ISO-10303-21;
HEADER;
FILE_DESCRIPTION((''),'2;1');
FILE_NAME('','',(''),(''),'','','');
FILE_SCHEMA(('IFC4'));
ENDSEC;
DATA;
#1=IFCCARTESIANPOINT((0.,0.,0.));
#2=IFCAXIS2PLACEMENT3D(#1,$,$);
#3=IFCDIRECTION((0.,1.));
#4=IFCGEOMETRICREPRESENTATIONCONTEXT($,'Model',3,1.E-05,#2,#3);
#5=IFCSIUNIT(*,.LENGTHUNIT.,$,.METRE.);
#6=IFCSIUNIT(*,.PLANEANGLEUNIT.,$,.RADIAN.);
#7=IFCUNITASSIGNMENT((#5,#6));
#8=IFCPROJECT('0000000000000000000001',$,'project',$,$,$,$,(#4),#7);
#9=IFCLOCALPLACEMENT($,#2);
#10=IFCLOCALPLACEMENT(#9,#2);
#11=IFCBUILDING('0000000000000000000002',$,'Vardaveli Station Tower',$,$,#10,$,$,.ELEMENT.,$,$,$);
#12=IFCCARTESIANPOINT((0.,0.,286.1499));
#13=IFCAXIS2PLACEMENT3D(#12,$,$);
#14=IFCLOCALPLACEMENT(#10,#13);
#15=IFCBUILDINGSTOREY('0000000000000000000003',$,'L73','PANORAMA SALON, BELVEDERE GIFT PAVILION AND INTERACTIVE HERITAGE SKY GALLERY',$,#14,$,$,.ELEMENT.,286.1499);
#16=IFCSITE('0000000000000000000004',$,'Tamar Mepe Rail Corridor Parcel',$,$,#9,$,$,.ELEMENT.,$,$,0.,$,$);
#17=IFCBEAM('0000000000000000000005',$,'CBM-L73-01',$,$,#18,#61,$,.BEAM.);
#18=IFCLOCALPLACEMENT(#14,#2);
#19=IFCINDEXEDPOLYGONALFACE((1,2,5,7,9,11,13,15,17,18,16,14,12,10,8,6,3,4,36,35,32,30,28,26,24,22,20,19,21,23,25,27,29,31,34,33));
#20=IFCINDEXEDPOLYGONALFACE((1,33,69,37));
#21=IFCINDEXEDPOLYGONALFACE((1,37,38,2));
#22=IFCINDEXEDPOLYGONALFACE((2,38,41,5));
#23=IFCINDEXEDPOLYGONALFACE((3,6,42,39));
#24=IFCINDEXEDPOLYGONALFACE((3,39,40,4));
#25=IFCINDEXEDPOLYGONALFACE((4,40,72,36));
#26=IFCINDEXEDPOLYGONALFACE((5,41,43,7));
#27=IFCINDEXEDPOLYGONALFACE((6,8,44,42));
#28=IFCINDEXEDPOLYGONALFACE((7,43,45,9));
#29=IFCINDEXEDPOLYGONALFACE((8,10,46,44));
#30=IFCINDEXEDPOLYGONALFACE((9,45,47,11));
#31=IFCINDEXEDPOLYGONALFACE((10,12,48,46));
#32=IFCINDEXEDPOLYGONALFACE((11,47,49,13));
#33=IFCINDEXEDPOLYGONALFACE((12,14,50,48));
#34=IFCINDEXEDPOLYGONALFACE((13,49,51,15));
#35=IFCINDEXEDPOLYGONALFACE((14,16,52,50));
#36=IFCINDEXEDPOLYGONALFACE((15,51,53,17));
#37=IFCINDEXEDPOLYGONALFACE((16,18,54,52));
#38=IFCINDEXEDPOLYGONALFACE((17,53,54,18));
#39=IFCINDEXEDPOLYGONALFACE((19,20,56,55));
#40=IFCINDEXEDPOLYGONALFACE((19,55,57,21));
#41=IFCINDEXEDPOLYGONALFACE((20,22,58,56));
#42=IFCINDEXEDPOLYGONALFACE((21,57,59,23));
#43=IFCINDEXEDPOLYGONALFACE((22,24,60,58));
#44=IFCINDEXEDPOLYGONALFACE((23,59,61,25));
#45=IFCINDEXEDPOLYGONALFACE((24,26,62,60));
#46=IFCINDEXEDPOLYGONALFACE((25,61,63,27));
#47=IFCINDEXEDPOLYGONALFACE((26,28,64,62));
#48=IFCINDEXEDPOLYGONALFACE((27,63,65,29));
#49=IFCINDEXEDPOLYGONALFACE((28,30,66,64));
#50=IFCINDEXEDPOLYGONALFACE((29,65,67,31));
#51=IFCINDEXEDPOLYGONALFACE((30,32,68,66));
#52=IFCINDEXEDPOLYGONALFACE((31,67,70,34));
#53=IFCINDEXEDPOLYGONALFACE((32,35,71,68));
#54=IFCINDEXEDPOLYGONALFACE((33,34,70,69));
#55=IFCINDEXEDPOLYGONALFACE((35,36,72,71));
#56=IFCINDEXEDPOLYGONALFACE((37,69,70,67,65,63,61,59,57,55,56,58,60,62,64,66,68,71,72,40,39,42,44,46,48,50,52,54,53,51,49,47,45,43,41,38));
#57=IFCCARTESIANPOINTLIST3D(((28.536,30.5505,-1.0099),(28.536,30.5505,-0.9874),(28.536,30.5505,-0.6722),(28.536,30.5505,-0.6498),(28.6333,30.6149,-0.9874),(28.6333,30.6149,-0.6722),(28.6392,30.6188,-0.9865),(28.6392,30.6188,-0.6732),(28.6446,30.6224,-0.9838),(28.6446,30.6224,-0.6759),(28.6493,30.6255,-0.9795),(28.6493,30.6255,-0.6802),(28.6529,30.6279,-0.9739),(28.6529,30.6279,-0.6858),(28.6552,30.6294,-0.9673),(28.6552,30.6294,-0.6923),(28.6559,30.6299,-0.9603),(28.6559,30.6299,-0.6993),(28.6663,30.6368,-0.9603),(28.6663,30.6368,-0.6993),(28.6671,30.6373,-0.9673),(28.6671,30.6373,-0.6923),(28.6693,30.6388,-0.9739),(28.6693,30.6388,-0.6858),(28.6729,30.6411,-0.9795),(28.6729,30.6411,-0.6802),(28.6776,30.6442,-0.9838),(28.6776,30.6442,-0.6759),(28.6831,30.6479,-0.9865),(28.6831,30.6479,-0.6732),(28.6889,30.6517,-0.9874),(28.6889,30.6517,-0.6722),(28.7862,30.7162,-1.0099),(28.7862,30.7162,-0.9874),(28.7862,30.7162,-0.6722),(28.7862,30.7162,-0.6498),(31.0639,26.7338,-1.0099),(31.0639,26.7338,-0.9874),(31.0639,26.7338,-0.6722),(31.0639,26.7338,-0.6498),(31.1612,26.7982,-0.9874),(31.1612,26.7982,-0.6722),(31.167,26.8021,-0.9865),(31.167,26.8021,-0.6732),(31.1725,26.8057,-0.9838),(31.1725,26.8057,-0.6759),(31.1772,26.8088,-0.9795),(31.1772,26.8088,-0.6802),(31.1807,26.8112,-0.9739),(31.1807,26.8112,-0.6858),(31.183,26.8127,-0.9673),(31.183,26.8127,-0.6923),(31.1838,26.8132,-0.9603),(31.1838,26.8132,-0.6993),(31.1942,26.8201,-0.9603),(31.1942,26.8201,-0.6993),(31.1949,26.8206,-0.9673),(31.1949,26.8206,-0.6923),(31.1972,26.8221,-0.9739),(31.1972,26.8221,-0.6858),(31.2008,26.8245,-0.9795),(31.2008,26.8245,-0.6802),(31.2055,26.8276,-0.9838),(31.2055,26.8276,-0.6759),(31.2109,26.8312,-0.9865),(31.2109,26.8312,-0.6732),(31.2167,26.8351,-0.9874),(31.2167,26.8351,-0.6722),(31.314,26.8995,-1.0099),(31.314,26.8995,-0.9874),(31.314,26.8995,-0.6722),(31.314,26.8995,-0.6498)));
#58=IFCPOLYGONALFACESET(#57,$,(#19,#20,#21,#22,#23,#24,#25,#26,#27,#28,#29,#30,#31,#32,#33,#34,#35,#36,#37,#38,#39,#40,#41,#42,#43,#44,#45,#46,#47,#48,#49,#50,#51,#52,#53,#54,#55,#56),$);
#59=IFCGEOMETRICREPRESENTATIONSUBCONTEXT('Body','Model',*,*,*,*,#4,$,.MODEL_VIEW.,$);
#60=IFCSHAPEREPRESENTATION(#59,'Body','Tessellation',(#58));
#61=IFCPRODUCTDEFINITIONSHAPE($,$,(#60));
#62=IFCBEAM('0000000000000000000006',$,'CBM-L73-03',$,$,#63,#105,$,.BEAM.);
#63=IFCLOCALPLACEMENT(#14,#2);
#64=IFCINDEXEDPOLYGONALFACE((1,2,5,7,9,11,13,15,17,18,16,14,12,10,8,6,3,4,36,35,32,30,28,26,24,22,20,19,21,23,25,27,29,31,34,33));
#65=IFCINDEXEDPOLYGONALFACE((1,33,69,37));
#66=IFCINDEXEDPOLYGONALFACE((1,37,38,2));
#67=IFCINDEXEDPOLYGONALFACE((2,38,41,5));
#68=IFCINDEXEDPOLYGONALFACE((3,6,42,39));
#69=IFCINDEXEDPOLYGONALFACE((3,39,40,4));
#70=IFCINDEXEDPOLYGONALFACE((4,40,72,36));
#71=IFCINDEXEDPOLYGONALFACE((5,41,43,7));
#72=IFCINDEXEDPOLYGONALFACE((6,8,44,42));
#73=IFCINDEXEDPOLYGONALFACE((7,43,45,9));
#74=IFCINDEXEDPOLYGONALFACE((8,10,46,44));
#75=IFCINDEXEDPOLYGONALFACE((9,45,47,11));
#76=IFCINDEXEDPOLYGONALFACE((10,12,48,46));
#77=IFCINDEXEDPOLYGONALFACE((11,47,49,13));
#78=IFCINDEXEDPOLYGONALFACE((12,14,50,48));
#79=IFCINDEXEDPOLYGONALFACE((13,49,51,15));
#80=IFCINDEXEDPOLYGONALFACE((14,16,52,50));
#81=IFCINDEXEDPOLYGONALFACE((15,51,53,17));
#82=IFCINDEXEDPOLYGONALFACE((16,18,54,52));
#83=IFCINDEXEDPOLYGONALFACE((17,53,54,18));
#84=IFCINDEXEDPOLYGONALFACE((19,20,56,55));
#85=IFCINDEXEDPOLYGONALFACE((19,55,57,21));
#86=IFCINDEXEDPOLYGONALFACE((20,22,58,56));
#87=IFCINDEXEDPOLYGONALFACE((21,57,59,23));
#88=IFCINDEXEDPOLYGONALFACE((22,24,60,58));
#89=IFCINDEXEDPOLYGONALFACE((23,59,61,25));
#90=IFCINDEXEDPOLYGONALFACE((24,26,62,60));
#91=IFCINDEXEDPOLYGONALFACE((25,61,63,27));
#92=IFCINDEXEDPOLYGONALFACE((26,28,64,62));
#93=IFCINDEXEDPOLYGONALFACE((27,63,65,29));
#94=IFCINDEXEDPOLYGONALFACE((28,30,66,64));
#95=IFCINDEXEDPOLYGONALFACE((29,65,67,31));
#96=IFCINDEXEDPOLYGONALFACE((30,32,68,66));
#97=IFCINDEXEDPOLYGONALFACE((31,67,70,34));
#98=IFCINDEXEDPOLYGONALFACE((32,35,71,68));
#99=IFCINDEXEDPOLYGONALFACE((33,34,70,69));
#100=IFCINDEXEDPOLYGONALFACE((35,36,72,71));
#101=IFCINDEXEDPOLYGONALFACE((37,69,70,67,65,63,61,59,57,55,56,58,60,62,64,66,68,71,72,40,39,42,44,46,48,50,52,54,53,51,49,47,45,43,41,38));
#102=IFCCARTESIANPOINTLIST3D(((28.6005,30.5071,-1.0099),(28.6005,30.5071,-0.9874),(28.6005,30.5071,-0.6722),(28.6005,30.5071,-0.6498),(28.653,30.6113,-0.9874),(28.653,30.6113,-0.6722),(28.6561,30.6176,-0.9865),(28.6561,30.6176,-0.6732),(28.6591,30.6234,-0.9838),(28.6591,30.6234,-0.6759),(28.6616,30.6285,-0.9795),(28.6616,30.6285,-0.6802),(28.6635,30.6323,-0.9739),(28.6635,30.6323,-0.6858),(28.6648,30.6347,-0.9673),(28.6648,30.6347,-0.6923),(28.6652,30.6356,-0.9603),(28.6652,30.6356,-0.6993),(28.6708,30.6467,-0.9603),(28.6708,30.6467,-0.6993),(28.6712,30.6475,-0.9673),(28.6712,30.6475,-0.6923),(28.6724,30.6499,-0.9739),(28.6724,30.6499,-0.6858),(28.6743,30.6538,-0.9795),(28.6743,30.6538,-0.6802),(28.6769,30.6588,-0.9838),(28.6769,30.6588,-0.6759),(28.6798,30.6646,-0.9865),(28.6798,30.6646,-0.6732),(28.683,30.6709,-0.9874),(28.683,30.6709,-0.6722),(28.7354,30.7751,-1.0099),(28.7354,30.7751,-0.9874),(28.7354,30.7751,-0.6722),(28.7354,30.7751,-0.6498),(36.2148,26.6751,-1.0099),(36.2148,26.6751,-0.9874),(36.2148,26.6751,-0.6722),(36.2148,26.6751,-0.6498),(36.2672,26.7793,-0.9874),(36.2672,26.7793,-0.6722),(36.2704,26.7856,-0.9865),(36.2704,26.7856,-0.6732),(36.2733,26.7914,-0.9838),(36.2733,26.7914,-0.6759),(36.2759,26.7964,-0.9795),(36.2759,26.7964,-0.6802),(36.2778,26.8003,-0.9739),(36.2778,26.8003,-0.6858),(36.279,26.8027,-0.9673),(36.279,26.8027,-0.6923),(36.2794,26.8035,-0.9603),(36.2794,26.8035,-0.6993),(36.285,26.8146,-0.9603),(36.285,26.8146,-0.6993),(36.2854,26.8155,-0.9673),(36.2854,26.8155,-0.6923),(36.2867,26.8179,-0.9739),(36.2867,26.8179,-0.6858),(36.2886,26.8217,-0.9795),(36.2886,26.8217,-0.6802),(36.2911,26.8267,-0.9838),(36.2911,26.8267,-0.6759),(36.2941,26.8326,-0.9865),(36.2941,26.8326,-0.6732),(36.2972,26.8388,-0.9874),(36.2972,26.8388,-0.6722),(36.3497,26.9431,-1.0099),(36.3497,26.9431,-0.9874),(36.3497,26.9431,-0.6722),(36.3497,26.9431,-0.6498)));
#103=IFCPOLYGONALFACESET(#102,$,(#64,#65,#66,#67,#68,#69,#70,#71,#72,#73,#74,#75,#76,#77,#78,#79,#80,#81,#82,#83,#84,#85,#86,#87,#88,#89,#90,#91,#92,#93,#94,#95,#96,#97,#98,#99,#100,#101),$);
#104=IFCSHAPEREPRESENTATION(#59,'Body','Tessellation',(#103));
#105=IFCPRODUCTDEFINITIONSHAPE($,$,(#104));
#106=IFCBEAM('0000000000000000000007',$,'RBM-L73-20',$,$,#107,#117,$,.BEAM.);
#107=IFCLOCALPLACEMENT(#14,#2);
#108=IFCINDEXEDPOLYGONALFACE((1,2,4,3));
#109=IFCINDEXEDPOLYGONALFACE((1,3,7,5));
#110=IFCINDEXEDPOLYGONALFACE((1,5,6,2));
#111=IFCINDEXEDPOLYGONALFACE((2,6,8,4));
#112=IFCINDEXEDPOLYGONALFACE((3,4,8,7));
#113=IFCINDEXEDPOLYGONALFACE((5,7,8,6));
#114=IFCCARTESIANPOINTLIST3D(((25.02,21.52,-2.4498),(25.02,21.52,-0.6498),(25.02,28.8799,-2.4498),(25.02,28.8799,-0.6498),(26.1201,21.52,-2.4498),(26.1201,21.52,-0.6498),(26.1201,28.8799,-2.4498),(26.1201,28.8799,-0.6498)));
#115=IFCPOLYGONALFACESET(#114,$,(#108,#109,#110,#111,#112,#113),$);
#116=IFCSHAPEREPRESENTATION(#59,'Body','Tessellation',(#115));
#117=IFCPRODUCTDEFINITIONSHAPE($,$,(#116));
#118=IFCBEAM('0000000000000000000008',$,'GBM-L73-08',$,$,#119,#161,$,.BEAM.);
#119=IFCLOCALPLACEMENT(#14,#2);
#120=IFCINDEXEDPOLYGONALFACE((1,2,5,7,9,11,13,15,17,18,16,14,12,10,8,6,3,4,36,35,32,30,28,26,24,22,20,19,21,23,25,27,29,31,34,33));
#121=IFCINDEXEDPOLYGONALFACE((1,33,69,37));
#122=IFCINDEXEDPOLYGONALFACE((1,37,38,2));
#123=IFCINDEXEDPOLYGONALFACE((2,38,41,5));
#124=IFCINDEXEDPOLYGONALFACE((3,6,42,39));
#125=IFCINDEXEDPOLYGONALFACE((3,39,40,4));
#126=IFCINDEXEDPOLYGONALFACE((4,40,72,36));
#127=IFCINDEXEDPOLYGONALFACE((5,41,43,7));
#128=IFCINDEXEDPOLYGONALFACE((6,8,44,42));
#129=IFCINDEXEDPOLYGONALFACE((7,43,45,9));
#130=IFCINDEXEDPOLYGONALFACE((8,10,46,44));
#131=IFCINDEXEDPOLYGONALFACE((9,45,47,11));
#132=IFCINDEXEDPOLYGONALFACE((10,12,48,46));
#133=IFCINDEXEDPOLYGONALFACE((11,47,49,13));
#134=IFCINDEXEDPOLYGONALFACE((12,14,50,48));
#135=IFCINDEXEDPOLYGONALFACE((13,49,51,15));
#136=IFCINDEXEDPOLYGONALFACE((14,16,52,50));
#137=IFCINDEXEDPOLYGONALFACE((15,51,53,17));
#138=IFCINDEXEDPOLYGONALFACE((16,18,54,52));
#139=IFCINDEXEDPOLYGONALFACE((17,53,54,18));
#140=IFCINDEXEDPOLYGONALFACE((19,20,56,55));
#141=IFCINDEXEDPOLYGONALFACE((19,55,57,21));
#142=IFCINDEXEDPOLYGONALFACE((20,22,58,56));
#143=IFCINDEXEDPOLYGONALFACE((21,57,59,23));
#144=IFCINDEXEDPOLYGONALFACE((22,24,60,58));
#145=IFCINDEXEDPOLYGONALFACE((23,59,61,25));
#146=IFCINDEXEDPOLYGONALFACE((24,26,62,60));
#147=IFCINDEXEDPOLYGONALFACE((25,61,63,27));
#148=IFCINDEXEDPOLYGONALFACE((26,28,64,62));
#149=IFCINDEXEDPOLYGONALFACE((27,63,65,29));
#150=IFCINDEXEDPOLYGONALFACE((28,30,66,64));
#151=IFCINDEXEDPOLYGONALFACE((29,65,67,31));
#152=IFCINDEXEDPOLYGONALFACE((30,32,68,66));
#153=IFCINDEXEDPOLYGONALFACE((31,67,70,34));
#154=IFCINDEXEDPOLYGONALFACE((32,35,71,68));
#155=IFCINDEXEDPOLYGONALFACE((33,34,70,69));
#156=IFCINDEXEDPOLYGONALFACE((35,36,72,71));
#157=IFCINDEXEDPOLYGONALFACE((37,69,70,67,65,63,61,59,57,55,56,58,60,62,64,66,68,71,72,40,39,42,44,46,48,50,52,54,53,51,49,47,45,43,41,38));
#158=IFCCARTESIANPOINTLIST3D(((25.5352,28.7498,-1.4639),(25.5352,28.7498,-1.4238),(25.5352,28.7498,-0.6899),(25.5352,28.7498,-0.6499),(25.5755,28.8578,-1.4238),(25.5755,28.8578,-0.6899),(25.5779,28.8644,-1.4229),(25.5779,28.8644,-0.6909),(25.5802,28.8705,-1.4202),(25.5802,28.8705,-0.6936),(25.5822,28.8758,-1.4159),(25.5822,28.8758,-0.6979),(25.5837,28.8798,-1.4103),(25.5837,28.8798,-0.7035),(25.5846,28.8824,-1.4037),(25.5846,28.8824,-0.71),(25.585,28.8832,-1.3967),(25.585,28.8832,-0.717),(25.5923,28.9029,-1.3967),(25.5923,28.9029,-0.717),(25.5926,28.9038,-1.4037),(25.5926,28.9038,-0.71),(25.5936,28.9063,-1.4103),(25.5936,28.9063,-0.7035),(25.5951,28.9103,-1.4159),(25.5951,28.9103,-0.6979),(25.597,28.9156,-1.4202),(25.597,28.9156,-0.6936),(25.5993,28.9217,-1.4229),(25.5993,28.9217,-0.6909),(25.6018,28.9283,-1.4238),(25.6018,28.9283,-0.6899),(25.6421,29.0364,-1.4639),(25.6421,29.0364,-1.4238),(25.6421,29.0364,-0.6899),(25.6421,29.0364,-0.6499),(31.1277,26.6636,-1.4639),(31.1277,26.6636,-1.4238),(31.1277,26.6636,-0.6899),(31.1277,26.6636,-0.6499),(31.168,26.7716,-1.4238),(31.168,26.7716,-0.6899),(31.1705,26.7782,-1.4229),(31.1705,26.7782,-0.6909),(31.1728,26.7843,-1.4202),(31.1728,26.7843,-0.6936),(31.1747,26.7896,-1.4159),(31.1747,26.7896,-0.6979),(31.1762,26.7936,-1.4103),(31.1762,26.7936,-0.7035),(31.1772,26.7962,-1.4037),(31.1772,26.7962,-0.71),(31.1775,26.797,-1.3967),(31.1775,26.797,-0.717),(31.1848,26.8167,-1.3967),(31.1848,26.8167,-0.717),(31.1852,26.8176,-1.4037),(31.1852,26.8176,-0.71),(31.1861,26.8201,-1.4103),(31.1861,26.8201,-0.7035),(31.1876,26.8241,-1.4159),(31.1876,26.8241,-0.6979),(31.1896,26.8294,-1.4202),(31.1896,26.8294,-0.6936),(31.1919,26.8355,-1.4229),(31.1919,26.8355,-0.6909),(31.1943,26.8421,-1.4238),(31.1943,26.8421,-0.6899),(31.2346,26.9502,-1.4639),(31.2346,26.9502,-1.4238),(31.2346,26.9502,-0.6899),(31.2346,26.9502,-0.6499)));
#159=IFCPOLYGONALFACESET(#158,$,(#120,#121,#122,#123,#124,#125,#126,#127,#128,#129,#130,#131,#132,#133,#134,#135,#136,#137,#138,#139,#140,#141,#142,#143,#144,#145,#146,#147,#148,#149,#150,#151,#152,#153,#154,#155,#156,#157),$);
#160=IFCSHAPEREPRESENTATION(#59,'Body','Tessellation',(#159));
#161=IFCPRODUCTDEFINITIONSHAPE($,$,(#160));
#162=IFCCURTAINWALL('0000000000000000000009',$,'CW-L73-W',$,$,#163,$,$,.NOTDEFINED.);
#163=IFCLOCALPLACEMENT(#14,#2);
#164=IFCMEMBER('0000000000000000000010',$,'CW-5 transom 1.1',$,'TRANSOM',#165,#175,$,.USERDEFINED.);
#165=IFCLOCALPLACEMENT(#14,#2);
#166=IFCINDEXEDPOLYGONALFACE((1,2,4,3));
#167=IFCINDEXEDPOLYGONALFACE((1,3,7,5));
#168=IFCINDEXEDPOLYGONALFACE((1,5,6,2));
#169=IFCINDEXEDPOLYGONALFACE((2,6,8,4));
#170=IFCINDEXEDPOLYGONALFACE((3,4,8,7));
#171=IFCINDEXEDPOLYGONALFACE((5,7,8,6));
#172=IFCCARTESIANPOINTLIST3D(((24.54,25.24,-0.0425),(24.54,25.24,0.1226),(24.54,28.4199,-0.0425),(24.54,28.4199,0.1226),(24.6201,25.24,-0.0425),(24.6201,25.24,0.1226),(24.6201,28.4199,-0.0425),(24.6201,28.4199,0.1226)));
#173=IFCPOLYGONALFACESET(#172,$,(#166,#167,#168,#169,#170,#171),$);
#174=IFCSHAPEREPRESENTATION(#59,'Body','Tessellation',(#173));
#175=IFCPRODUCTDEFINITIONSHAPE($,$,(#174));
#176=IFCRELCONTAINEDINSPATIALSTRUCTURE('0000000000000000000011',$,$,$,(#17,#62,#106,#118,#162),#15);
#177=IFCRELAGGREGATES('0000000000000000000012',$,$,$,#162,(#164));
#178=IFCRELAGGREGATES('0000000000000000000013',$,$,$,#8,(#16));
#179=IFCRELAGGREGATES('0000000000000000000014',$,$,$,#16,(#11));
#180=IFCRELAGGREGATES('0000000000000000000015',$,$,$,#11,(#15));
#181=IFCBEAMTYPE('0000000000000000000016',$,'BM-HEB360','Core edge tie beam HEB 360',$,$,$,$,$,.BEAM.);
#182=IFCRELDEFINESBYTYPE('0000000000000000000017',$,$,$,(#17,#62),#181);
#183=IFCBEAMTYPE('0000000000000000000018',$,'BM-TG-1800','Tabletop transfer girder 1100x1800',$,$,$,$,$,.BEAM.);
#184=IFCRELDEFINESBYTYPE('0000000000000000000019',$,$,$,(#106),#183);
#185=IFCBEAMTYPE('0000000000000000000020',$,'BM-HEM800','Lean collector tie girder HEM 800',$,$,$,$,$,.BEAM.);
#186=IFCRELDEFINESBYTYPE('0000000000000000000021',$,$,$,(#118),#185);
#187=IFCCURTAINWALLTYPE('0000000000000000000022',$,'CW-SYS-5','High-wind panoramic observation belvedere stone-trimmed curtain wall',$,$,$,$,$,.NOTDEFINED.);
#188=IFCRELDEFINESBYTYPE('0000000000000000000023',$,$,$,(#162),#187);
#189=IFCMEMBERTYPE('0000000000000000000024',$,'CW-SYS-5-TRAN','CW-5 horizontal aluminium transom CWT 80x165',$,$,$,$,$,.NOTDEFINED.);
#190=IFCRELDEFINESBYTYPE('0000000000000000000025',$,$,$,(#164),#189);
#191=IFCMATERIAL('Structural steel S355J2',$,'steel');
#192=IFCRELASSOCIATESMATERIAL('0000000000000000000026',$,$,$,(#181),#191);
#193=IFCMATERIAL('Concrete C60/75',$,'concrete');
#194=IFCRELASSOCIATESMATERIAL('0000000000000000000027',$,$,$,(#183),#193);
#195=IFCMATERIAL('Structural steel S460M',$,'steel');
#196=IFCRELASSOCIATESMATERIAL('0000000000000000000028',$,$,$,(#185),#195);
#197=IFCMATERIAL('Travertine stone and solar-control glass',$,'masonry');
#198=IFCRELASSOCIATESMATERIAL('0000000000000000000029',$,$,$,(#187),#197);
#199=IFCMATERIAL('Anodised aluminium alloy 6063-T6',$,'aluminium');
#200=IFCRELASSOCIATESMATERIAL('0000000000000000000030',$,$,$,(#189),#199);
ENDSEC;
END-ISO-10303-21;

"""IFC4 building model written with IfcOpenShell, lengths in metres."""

from ifc_helpers import new_model, si_unit, direction, frame, origin, origin_2d, place, context, subcontext, project, spatial, rectangle, i_section, extrude, source, transform, mapped, material, material_profile, profile_set, type_object, element, aggregate, save


model = new_model("IFC4")

# Units and contexts
model_context = context("Model", 3, precision=1e-05, world=origin(), true_north=direction((0.0, 1.0)))
body_context = subcontext(model_context, "Body", "Model", "MODEL_VIEW")
ifc_project = project(units=[si_unit("LENGTHUNIT", "METRE"), si_unit("PLANEANGLEUNIT", "RADIAN")], contexts=[model_context])

# Site, building, storey
site_placement = place(None, origin())
site = spatial("IfcSite", under=ifc_project, at=site_placement, Name="Tamar Mepe Rail Corridor Parcel", CompositionType="ELEMENT", RefElevation=0.0)
building_placement = place(site_placement, origin())
building = spatial("IfcBuilding", under=site, at=building_placement, Name="Vardaveli Station Tower", CompositionType="ELEMENT")
storey_placement = place(building_placement, frame((0.0, 0.0, 286.1499)))
storey = spatial("IfcBuildingStorey", under=building, at=storey_placement, Name="L73", Description="PANORAMA SALON, BELVEDERE GIFT PAVILION AND INTERACTIVE HERITAGE SKY GALLERY", CompositionType="ELEMENT", Elevation=286.1499)

# Shared definitions
ifc_material_1 = material(Name="Structural steel S460M", Category="steel")
ifc_material_2 = material(Name="Structural steel S355J2", Category="steel")

# Beams
ifc_material_profile_1 = material_profile(ifc_material_2, i_section(OverallWidth=0.3, OverallDepth=0.3601, WebThickness=0.0125, FlangeThickness=0.0225, FilletRadius=0.0271, at=origin_2d()), Name="HEB 360")
ifc_profile_set_1 = profile_set([ifc_material_profile_1], Name="Structural steel S355J2")
beam_type_1 = type_object("IfcBeamType", Name="BM-HEB360", Description="Core edge tie beam HEB 360", PredefinedType="BEAM", material=ifc_profile_set_1)
shared_shape_1 = source(origin(), body_context, "Body", "SweptSolid", [
    extrude(i_section(OverallWidth=0.3, OverallDepth=0.3601, WebThickness=0.0125, FlangeThickness=0.0225, FilletRadius=0.0271, at=origin_2d()), origin(), (0.0, 0.0, 1.0), 4.5779),
])
beam_1_placement = place(storey_placement, frame((31.189, 26.8167, -0.8298), z_axis=(-0.552187, 0.83372, 0.0), x_axis=(-0.83372, -0.552187, 0.0)))
element("IfcBeam", 1, at=beam_1_placement, inside=storey, type_object=beam_type_1, Name="CBM-L73-01", PredefinedType="BEAM", context=body_context, shape_type="MappedRepresentation", body=[
    mapped(shared_shape_1, transform((0.0, 0.0, 0.0), scale=1.0)),
])
shared_shape_2 = source(origin(), body_context, "Body", "SweptSolid", [
    extrude(i_section(OverallWidth=0.3, OverallDepth=0.3601, WebThickness=0.0125, FlangeThickness=0.0225, FilletRadius=0.0271, at=origin_2d()), origin(), (0.0, 0.0, 1.0), 8.5242),
])
beam_2_placement = place(storey_placement, frame((28.668, 30.6411, -0.8298), z_axis=(0.893256, -0.449549, 0.0), x_axis=(0.449549, 0.893256, 0.0)))
element("IfcBeam", 2, at=beam_2_placement, inside=storey, type_object=beam_type_1, Name="CBM-L73-03", PredefinedType="BEAM", context=body_context, shape_type="MappedRepresentation", body=[
    mapped(shared_shape_2, transform((0.0, 0.0, 0.0), scale=1.0)),
])
ifc_material_3 = material(Name="Concrete C60/75", Category="concrete")
ifc_material_profile_2 = material_profile(ifc_material_3, rectangle(XDim=1.1001, YDim=1.8, at=origin_2d()), Name="TG 1100x1800")
ifc_profile_set_2 = profile_set([ifc_material_profile_2], Name="Concrete C60/75")
beam_type_2 = type_object("IfcBeamType", Name="BM-TG-1800", Description="Tabletop transfer girder 1100x1800", PredefinedType="BEAM", material=ifc_profile_set_2)
shared_shape_3 = source(origin(), body_context, "Body", "SweptSolid", [
    extrude(rectangle(XDim=1.1001, YDim=1.8, at=origin_2d()), origin(), (0.0, 0.0, 1.0), 7.3599),
])
beam_3_placement = place(storey_placement, frame((25.5701, 28.8799, -1.5498), z_axis=(0.0, -1.0, 0.0), x_axis=(1.0, 0.0, 0.0)))
element("IfcBeam", 3, at=beam_3_placement, inside=storey, type_object=beam_type_2, Name="RBM-L73-20", PredefinedType="BEAM", context=body_context, shape_type="MappedRepresentation", body=[
    mapped(shared_shape_3, transform((0.0, 0.0, 0.0), scale=1.0)),
])
ifc_material_profile_3 = material_profile(ifc_material_1, i_section(OverallWidth=0.3059, OverallDepth=0.814, WebThickness=0.021, FlangeThickness=0.04, FilletRadius=0.0271, at=origin_2d()), Name="HEM 800")
ifc_profile_set_3 = profile_set([ifc_material_profile_3], Name="Structural steel S460M")
beam_type_3 = type_object("IfcBeamType", Name="BM-HEM800", Description="Lean collector tie girder HEM 800", PredefinedType="BEAM", material=ifc_profile_set_3)
shared_shape_4 = source(origin(), body_context, "Body", "SweptSolid", [
    extrude(i_section(OverallWidth=0.3059, OverallDepth=0.814, WebThickness=0.021, FlangeThickness=0.04, FilletRadius=0.0271, at=origin_2d()), origin(), (0.0, 0.0, 1.0), 5.969),
])
beam_4_placement = place(storey_placement, frame((25.5886, 28.8931, -1.0569), z_axis=(0.936935, -0.349505, 0.0), x_axis=(0.349505, 0.936935, 0.0)))
element("IfcBeam", 4, at=beam_4_placement, inside=storey, type_object=beam_type_3, Name="GBM-L73-08", PredefinedType="BEAM", context=body_context, shape_type="MappedRepresentation", body=[
    mapped(shared_shape_4, transform((0.0, 0.0, 0.0), scale=1.0)),
])

# Curtain wall, member
ifc_material_4 = material(Name="Travertine stone and solar-control glass", Category="masonry")
curtain_wall_type = type_object("IfcCurtainWallType", Name="CW-SYS-5", Description="High-wind panoramic observation belvedere stone-trimmed curtain wall", PredefinedType="NOTDEFINED", material=ifc_material_4)
curtain_wall_placement = place(storey_placement, origin())
curtain_wall = element("IfcCurtainWall", 5, at=curtain_wall_placement, inside=storey, type_object=curtain_wall_type, Name="CW-L73-W", PredefinedType="NOTDEFINED")
ifc_material_5 = material(Name="Anodised aluminium alloy 6063-T6", Category="aluminium")
ifc_material_profile_4 = material_profile(ifc_material_5, rectangle(XDim=0.0801, YDim=0.165, at=origin_2d()), Name="CWT 80x165")
ifc_profile_set_4 = profile_set([ifc_material_profile_4], Name="Anodised aluminium alloy 6063-T6")
member_type_1 = type_object("IfcMemberType", Name="CW-SYS-5-TRAN", Description="CW-5 horizontal aluminium transom CWT 80x165", PredefinedType="NOTDEFINED", material=ifc_profile_set_4)
shared_shape_5 = source(origin(), body_context, "Body", "SweptSolid", [
    extrude(rectangle(XDim=0.0801, YDim=0.165, at=origin_2d()), origin(), (0.0, 0.0, 1.0), 3.1799),
])
member_1_placement = place(storey_placement, frame((24.5801, 28.4199, 0.04), z_axis=(0.0, -1.0, 0.0), x_axis=(1.0, 0.0, 0.0)))
member_1 = element("IfcMember", 6, at=member_1_placement, type_object=member_type_1, Name="CW-5 transom 1.1", ObjectType="TRANSOM", PredefinedType="USERDEFINED", context=body_context, shape_type="MappedRepresentation", body=[
    mapped(shared_shape_5, transform((0.0, 0.0, 0.0), scale=1.0)),
])
aggregate(curtain_wall, [member_1])

save(model, "model.ifc")
